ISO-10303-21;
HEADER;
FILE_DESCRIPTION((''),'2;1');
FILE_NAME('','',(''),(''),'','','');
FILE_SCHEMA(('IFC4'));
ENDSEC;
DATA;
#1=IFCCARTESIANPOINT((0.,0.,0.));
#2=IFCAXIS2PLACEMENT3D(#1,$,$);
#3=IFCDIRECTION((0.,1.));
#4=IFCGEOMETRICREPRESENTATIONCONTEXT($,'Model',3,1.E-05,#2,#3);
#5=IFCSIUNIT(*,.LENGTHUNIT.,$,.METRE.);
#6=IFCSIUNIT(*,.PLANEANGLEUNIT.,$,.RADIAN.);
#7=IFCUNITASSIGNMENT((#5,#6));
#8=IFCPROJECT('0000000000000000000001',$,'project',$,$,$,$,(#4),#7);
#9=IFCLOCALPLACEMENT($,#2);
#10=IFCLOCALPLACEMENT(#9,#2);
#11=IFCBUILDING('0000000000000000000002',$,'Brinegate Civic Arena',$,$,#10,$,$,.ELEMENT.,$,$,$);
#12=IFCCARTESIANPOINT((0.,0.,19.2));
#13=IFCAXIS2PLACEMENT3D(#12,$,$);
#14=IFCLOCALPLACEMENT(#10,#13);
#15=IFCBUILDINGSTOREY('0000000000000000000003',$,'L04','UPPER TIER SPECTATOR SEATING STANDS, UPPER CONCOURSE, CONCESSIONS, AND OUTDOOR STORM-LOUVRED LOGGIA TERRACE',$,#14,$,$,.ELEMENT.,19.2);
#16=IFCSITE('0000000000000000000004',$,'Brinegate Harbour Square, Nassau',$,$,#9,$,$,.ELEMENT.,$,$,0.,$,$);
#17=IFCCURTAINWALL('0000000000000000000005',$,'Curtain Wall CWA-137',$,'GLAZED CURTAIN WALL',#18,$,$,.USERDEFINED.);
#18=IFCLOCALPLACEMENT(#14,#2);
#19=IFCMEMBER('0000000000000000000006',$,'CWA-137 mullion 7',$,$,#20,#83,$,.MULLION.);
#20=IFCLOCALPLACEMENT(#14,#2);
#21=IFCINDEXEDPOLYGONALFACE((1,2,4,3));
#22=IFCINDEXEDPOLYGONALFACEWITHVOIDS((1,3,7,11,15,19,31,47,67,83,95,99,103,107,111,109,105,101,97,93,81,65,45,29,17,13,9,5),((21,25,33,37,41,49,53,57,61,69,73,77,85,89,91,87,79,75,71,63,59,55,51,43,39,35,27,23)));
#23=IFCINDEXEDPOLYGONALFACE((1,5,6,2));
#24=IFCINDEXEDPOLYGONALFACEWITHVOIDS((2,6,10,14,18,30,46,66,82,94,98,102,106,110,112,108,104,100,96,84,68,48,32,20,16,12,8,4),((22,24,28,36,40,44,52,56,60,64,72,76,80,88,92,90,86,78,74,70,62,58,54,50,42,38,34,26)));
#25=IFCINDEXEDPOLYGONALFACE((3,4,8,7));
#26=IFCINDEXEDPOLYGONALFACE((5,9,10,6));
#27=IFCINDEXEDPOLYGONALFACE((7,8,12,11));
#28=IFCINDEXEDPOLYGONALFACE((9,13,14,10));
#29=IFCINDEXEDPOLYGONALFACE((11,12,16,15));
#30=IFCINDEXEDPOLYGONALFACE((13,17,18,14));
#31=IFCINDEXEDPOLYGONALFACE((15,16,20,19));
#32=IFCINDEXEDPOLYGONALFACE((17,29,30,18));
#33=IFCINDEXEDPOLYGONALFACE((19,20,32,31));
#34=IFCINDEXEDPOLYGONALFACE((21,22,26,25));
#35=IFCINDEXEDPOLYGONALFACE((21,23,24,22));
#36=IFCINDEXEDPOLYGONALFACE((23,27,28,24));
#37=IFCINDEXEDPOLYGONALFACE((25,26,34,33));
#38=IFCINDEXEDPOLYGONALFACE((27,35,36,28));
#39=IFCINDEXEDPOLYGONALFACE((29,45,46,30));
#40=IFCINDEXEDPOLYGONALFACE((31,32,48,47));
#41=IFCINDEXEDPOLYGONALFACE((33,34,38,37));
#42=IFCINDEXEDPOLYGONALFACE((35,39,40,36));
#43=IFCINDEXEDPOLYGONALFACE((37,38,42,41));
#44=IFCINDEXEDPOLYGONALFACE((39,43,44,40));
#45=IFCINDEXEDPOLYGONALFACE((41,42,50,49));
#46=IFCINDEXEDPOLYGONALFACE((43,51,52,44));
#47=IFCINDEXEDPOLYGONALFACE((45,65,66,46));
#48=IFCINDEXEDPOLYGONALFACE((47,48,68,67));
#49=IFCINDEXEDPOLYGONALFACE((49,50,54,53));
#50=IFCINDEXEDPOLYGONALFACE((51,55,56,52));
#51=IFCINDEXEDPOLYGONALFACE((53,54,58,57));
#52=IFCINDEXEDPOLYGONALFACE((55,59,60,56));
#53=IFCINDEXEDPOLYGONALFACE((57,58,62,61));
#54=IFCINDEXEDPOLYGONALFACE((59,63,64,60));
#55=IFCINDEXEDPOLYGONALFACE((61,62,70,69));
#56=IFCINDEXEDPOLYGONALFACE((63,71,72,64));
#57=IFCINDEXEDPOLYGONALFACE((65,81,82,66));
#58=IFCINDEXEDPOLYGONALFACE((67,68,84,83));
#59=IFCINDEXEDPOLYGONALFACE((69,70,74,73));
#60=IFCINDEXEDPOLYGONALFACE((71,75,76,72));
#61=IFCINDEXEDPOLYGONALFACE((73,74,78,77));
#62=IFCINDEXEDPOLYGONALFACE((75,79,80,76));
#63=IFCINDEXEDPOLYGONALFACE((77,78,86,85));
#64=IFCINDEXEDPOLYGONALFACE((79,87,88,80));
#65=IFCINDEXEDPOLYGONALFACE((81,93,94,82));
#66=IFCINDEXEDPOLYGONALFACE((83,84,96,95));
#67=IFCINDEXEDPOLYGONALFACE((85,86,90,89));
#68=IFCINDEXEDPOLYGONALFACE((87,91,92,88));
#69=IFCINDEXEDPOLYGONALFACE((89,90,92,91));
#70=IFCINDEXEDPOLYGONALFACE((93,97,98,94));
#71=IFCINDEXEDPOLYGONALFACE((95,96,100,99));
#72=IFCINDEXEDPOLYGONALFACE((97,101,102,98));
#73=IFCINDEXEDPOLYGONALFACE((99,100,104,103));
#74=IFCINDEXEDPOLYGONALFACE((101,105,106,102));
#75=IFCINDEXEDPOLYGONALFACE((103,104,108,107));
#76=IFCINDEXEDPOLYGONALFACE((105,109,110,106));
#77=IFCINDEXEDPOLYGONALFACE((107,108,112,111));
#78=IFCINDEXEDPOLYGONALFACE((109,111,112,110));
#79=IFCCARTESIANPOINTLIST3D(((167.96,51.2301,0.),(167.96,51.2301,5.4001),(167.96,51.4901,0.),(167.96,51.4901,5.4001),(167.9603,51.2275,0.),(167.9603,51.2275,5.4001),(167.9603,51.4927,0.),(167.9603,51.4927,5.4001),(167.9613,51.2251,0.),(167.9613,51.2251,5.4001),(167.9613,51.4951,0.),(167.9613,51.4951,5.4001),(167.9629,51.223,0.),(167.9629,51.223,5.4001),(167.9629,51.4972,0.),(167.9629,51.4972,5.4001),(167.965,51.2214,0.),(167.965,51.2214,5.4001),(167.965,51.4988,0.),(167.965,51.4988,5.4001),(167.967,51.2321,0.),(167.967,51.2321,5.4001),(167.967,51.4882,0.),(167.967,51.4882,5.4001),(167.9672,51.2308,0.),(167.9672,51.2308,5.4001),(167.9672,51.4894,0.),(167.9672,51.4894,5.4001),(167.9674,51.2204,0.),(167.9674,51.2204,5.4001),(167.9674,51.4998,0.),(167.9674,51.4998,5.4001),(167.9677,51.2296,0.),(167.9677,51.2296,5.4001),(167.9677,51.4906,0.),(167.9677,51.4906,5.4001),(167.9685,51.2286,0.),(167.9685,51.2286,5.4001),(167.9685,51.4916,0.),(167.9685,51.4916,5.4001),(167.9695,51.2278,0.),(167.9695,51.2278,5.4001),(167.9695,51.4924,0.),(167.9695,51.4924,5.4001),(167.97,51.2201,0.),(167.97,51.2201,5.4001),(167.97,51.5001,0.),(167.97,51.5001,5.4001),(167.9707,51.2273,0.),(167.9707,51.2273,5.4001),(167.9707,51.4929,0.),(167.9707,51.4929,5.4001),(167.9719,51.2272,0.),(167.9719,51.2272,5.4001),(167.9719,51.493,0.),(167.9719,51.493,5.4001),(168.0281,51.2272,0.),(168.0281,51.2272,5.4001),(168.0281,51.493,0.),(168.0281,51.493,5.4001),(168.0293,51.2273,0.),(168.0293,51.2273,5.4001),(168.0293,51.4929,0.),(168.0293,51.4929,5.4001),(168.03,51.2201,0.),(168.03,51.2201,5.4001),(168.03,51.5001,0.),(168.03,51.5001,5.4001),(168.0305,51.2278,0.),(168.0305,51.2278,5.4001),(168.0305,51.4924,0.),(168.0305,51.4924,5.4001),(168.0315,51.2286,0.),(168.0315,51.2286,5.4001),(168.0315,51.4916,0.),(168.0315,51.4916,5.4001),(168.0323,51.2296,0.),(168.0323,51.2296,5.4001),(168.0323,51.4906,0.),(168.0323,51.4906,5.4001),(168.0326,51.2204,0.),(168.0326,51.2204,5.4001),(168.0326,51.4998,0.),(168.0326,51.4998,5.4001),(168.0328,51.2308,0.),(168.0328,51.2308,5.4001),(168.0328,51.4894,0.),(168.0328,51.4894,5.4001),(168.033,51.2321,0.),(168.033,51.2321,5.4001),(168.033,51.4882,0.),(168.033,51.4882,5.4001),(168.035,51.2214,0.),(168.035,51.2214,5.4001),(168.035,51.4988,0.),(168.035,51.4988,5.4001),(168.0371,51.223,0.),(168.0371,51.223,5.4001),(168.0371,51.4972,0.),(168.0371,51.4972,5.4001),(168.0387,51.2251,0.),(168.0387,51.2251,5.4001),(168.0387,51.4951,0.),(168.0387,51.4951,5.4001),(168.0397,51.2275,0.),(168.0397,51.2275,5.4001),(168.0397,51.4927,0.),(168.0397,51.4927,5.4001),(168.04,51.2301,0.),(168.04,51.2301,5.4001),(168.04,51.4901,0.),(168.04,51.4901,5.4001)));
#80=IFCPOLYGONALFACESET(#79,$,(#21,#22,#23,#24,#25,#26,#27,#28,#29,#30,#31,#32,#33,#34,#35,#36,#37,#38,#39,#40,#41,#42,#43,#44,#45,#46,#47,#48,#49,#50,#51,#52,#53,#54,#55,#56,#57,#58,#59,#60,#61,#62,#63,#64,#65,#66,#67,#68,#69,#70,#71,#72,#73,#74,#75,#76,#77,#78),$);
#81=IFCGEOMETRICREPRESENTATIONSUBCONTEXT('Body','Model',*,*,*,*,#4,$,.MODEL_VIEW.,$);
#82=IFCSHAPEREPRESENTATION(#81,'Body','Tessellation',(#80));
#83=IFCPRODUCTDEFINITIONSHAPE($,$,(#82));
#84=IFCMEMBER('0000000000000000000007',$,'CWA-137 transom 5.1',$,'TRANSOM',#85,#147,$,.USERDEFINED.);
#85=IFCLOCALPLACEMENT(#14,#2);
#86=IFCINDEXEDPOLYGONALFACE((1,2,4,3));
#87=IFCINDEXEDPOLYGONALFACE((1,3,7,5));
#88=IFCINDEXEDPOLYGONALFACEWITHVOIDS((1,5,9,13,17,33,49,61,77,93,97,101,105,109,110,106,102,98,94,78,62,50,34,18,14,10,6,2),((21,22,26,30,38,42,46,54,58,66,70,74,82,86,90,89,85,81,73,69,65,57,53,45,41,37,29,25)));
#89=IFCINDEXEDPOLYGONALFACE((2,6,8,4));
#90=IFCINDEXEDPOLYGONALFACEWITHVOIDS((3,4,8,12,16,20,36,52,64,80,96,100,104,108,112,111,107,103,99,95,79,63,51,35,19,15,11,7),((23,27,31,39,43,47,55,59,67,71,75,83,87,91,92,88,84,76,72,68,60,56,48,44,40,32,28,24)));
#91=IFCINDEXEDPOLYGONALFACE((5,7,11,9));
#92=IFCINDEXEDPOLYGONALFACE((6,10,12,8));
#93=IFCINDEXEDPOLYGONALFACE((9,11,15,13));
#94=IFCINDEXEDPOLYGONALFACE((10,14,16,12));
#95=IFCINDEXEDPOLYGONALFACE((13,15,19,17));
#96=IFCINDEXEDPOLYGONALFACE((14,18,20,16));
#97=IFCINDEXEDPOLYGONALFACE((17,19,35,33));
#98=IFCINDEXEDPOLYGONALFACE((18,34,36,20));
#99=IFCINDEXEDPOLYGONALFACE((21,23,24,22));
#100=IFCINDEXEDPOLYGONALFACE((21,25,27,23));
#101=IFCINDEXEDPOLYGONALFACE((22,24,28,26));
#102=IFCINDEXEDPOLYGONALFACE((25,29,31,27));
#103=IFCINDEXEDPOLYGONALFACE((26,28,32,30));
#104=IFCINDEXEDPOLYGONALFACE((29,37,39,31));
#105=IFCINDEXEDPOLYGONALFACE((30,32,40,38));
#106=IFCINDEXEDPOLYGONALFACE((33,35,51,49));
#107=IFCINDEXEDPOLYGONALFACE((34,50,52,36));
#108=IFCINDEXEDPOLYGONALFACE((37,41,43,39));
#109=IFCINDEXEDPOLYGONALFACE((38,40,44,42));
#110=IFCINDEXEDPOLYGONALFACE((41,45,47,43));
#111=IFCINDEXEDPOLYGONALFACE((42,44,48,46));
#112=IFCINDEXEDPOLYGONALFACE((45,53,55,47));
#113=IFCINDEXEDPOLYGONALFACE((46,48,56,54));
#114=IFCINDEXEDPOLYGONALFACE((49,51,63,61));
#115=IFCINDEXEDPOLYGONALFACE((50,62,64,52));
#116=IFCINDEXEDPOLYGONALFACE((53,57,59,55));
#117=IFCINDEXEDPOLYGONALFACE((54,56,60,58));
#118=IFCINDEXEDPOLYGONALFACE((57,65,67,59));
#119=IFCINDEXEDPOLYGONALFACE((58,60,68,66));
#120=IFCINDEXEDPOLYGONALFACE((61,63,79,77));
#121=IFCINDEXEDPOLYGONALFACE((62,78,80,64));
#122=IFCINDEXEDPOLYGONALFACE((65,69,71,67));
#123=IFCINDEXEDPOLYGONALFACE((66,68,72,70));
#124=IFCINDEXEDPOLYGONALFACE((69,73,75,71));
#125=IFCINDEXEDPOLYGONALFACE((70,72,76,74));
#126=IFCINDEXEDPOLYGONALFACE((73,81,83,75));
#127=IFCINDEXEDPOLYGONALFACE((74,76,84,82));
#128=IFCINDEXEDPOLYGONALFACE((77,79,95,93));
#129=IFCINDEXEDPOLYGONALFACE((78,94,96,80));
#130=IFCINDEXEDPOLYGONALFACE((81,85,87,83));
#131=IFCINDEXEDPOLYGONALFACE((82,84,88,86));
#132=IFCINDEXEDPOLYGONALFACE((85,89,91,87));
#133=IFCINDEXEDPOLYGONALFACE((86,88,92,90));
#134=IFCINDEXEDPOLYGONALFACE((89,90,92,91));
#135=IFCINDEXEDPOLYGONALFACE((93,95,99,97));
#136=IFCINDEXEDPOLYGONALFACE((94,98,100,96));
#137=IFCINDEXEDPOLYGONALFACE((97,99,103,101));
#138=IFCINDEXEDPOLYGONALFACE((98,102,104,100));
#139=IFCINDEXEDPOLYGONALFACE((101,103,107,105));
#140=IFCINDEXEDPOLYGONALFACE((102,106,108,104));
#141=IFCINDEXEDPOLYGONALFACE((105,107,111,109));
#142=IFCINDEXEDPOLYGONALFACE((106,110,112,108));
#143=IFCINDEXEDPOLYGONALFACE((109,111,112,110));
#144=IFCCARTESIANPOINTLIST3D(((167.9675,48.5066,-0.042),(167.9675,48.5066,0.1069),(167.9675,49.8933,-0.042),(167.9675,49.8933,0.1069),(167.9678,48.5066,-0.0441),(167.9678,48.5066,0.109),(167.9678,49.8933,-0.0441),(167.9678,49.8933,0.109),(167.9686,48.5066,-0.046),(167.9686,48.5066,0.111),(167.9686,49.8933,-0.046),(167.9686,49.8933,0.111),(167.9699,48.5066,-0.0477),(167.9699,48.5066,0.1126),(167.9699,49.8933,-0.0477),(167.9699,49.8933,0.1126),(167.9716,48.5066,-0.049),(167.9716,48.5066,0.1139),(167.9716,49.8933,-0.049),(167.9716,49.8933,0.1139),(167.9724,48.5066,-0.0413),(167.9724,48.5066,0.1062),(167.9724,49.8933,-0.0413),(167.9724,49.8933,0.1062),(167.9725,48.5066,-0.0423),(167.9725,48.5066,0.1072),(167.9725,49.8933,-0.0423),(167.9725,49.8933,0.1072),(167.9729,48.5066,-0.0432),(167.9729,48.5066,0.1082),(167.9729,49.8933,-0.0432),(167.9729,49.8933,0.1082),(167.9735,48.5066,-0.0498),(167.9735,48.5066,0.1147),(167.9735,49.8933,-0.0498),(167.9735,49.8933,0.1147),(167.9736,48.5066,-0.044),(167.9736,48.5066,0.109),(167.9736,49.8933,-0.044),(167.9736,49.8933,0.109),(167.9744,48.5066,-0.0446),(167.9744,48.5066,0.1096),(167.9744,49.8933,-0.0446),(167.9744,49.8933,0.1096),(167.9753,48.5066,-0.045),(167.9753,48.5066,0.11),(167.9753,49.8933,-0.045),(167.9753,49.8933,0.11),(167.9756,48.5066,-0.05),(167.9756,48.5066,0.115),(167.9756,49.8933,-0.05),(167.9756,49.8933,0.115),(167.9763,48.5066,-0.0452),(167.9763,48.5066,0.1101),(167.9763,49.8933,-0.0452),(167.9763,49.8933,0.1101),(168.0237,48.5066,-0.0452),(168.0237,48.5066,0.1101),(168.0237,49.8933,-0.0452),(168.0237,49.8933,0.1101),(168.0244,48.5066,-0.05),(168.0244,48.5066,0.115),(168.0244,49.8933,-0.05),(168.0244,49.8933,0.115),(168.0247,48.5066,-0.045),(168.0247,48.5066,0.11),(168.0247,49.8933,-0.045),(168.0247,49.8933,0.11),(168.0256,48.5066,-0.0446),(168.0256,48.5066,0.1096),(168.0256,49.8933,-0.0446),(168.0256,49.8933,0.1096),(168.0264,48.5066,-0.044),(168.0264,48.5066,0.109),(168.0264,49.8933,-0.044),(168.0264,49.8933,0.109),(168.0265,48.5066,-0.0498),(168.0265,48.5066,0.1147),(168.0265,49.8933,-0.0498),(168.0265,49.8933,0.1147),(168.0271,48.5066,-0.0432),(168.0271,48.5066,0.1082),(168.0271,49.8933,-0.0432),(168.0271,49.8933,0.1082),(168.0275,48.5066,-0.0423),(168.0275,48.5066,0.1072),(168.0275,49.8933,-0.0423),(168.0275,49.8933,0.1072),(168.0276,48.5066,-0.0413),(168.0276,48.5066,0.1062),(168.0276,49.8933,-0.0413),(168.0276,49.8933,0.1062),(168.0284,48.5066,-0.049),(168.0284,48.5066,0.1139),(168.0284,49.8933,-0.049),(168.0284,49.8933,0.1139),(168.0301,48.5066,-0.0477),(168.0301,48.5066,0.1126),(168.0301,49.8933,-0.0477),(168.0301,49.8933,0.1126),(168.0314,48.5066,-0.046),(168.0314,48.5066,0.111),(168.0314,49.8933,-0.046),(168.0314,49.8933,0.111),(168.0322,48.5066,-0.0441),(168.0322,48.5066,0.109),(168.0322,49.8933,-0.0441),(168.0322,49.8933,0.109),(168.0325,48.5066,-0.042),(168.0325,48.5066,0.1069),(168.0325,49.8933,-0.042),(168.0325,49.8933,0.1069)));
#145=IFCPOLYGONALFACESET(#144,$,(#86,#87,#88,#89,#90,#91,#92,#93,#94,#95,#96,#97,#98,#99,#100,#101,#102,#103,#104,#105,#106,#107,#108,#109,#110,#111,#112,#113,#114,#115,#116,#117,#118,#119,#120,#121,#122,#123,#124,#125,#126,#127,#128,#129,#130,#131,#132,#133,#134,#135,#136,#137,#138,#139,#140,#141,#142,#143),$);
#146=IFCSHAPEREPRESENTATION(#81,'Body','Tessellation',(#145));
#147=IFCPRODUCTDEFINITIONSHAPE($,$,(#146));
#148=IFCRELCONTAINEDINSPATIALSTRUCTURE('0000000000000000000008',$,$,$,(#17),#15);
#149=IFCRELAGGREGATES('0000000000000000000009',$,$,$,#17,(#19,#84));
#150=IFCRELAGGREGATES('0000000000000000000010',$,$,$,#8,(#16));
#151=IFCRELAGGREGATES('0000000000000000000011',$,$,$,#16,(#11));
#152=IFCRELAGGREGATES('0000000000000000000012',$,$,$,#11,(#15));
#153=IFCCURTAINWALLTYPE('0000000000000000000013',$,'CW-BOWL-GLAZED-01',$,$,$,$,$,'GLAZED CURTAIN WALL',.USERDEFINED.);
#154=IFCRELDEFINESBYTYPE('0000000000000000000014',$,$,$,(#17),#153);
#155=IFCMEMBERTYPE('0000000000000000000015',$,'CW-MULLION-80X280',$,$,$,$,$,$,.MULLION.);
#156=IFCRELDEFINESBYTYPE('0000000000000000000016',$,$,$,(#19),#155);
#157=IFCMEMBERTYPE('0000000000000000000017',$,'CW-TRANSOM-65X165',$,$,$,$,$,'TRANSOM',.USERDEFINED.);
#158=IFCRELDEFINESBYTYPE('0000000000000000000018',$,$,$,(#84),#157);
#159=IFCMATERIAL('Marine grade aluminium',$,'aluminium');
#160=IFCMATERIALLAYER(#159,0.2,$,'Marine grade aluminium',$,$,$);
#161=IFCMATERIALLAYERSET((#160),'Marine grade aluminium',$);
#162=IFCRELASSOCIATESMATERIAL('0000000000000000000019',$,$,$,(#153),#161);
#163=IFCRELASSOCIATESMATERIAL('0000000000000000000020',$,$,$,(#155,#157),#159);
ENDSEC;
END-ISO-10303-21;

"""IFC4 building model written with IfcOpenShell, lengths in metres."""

from ifc_helpers import new_model, si_unit, direction, frame, origin, origin_2d, place, context, subcontext, project, spatial, hollow_rectangle, extrude, material, layer, layer_set, material_profile, profile_set, type_object, element, aggregate, save


model = new_model("IFC4")

# Units and contexts
model_context = context("Model", 3, precision=1e-05, world=origin(), true_north=direction((0.0, 1.0)))
body_context = subcontext(model_context, "Body", "Model", "MODEL_VIEW")
ifc_project = project(units=[si_unit("LENGTHUNIT", "METRE"), si_unit("PLANEANGLEUNIT", "RADIAN")], contexts=[model_context])

# Site, building, storey
site_placement = place(None, origin())
site = spatial("IfcSite", under=ifc_project, at=site_placement, Name="Brinegate Harbour Square, Nassau", CompositionType="ELEMENT", RefElevation=0.0)
building_placement = place(site_placement, origin())
building = spatial("IfcBuilding", under=site, at=building_placement, Name="Brinegate Civic Arena", CompositionType="ELEMENT")
storey_placement = place(building_placement, frame((0.0, 0.0, 19.2)))
storey = spatial("IfcBuildingStorey", under=building, at=storey_placement, Name="L04", Description="UPPER TIER SPECTATOR SEATING STANDS, UPPER CONCOURSE, CONCESSIONS, AND OUTDOOR STORM-LOUVRED LOGGIA TERRACE", CompositionType="ELEMENT", Elevation=19.2)

# Curtain wall, members
ifc_material_1 = material(Name="Marine grade aluminium", Category="aluminium")
ifc_layer_1 = layer(ifc_material_1, 0.2, Name="Marine grade aluminium")
ifc_layer_set_1 = layer_set([ifc_layer_1], Name="Marine grade aluminium")
curtain_wall_type = type_object("IfcCurtainWallType", Name="CW-BOWL-GLAZED-01", ElementType="GLAZED CURTAIN WALL", PredefinedType="USERDEFINED", material=ifc_layer_set_1)
curtain_wall_1_placement = place(storey_placement, origin())
curtain_wall_1 = element("IfcCurtainWall", 1, at=curtain_wall_1_placement, inside=storey, type_object=curtain_wall_type, Name="Curtain Wall CWA-137", ObjectType="GLAZED CURTAIN WALL", PredefinedType="USERDEFINED")
ifc_material_profile_1 = material_profile(ifc_material_1, hollow_rectangle(XDim=0.0801, YDim=0.28, WallThickness=0.0071, InnerFilletRadius=0.0049, OuterFilletRadius=0.01, at=origin_2d()), Name="MUL80X280")
ifc_profile_set_1 = profile_set([ifc_material_profile_1], Name="Marine grade aluminium")
member_type_1 = type_object("IfcMemberType", Name="CW-MULLION-80X280", PredefinedType="MULLION", material=ifc_profile_set_1)
member_1_placement = place(storey_placement, frame((168.0, 51.3601, 0.0), z_axis=(0.0, 0.0, 1.0), x_axis=(-1.0, 0.0, 0.0)))
member_1 = element("IfcMember", 2, at=member_1_placement, type_object=member_type_1, Name="CWA-137 mullion 7", PredefinedType="MULLION", context=body_context, shape_type="SweptSolid", body=[
    extrude(hollow_rectangle(XDim=0.0801, YDim=0.28, WallThickness=0.0071, InnerFilletRadius=0.0049, OuterFilletRadius=0.01, at=origin_2d()), origin(), (0.0, 0.0, 1.0), 5.4001),
])
ifc_material_profile_2 = material_profile(ifc_material_1, hollow_rectangle(XDim=0.0649, YDim=0.165, WallThickness=0.0049, InnerFilletRadius=0.0039, OuterFilletRadius=0.0081, at=origin_2d()), Name="TRN65X165")
ifc_profile_set_2 = profile_set([ifc_material_profile_2], Name="Marine grade aluminium")
member_type_2 = type_object("IfcMemberType", Name="CW-TRANSOM-65X165", ElementType="TRANSOM", PredefinedType="USERDEFINED", material=ifc_profile_set_2)
member_2_placement = place(storey_placement, frame((168.0, 48.5066, 0.0325), z_axis=(0.0, 1.0, 0.0), x_axis=(-1.0, 0.0, 0.0)))
member_2 = element("IfcMember", 3, at=member_2_placement, type_object=member_type_2, Name="CWA-137 transom 5.1", ObjectType="TRANSOM", PredefinedType="USERDEFINED", context=body_context, shape_type="SweptSolid", body=[
    extrude(hollow_rectangle(XDim=0.0649, YDim=0.165, WallThickness=0.0049, InnerFilletRadius=0.0039, OuterFilletRadius=0.0081, at=origin_2d()), origin(), (0.0, 0.0, 1.0), 1.3867),
])

aggregate(curtain_wall_1, [member_1, member_2])

save(model, "model.ifc")
